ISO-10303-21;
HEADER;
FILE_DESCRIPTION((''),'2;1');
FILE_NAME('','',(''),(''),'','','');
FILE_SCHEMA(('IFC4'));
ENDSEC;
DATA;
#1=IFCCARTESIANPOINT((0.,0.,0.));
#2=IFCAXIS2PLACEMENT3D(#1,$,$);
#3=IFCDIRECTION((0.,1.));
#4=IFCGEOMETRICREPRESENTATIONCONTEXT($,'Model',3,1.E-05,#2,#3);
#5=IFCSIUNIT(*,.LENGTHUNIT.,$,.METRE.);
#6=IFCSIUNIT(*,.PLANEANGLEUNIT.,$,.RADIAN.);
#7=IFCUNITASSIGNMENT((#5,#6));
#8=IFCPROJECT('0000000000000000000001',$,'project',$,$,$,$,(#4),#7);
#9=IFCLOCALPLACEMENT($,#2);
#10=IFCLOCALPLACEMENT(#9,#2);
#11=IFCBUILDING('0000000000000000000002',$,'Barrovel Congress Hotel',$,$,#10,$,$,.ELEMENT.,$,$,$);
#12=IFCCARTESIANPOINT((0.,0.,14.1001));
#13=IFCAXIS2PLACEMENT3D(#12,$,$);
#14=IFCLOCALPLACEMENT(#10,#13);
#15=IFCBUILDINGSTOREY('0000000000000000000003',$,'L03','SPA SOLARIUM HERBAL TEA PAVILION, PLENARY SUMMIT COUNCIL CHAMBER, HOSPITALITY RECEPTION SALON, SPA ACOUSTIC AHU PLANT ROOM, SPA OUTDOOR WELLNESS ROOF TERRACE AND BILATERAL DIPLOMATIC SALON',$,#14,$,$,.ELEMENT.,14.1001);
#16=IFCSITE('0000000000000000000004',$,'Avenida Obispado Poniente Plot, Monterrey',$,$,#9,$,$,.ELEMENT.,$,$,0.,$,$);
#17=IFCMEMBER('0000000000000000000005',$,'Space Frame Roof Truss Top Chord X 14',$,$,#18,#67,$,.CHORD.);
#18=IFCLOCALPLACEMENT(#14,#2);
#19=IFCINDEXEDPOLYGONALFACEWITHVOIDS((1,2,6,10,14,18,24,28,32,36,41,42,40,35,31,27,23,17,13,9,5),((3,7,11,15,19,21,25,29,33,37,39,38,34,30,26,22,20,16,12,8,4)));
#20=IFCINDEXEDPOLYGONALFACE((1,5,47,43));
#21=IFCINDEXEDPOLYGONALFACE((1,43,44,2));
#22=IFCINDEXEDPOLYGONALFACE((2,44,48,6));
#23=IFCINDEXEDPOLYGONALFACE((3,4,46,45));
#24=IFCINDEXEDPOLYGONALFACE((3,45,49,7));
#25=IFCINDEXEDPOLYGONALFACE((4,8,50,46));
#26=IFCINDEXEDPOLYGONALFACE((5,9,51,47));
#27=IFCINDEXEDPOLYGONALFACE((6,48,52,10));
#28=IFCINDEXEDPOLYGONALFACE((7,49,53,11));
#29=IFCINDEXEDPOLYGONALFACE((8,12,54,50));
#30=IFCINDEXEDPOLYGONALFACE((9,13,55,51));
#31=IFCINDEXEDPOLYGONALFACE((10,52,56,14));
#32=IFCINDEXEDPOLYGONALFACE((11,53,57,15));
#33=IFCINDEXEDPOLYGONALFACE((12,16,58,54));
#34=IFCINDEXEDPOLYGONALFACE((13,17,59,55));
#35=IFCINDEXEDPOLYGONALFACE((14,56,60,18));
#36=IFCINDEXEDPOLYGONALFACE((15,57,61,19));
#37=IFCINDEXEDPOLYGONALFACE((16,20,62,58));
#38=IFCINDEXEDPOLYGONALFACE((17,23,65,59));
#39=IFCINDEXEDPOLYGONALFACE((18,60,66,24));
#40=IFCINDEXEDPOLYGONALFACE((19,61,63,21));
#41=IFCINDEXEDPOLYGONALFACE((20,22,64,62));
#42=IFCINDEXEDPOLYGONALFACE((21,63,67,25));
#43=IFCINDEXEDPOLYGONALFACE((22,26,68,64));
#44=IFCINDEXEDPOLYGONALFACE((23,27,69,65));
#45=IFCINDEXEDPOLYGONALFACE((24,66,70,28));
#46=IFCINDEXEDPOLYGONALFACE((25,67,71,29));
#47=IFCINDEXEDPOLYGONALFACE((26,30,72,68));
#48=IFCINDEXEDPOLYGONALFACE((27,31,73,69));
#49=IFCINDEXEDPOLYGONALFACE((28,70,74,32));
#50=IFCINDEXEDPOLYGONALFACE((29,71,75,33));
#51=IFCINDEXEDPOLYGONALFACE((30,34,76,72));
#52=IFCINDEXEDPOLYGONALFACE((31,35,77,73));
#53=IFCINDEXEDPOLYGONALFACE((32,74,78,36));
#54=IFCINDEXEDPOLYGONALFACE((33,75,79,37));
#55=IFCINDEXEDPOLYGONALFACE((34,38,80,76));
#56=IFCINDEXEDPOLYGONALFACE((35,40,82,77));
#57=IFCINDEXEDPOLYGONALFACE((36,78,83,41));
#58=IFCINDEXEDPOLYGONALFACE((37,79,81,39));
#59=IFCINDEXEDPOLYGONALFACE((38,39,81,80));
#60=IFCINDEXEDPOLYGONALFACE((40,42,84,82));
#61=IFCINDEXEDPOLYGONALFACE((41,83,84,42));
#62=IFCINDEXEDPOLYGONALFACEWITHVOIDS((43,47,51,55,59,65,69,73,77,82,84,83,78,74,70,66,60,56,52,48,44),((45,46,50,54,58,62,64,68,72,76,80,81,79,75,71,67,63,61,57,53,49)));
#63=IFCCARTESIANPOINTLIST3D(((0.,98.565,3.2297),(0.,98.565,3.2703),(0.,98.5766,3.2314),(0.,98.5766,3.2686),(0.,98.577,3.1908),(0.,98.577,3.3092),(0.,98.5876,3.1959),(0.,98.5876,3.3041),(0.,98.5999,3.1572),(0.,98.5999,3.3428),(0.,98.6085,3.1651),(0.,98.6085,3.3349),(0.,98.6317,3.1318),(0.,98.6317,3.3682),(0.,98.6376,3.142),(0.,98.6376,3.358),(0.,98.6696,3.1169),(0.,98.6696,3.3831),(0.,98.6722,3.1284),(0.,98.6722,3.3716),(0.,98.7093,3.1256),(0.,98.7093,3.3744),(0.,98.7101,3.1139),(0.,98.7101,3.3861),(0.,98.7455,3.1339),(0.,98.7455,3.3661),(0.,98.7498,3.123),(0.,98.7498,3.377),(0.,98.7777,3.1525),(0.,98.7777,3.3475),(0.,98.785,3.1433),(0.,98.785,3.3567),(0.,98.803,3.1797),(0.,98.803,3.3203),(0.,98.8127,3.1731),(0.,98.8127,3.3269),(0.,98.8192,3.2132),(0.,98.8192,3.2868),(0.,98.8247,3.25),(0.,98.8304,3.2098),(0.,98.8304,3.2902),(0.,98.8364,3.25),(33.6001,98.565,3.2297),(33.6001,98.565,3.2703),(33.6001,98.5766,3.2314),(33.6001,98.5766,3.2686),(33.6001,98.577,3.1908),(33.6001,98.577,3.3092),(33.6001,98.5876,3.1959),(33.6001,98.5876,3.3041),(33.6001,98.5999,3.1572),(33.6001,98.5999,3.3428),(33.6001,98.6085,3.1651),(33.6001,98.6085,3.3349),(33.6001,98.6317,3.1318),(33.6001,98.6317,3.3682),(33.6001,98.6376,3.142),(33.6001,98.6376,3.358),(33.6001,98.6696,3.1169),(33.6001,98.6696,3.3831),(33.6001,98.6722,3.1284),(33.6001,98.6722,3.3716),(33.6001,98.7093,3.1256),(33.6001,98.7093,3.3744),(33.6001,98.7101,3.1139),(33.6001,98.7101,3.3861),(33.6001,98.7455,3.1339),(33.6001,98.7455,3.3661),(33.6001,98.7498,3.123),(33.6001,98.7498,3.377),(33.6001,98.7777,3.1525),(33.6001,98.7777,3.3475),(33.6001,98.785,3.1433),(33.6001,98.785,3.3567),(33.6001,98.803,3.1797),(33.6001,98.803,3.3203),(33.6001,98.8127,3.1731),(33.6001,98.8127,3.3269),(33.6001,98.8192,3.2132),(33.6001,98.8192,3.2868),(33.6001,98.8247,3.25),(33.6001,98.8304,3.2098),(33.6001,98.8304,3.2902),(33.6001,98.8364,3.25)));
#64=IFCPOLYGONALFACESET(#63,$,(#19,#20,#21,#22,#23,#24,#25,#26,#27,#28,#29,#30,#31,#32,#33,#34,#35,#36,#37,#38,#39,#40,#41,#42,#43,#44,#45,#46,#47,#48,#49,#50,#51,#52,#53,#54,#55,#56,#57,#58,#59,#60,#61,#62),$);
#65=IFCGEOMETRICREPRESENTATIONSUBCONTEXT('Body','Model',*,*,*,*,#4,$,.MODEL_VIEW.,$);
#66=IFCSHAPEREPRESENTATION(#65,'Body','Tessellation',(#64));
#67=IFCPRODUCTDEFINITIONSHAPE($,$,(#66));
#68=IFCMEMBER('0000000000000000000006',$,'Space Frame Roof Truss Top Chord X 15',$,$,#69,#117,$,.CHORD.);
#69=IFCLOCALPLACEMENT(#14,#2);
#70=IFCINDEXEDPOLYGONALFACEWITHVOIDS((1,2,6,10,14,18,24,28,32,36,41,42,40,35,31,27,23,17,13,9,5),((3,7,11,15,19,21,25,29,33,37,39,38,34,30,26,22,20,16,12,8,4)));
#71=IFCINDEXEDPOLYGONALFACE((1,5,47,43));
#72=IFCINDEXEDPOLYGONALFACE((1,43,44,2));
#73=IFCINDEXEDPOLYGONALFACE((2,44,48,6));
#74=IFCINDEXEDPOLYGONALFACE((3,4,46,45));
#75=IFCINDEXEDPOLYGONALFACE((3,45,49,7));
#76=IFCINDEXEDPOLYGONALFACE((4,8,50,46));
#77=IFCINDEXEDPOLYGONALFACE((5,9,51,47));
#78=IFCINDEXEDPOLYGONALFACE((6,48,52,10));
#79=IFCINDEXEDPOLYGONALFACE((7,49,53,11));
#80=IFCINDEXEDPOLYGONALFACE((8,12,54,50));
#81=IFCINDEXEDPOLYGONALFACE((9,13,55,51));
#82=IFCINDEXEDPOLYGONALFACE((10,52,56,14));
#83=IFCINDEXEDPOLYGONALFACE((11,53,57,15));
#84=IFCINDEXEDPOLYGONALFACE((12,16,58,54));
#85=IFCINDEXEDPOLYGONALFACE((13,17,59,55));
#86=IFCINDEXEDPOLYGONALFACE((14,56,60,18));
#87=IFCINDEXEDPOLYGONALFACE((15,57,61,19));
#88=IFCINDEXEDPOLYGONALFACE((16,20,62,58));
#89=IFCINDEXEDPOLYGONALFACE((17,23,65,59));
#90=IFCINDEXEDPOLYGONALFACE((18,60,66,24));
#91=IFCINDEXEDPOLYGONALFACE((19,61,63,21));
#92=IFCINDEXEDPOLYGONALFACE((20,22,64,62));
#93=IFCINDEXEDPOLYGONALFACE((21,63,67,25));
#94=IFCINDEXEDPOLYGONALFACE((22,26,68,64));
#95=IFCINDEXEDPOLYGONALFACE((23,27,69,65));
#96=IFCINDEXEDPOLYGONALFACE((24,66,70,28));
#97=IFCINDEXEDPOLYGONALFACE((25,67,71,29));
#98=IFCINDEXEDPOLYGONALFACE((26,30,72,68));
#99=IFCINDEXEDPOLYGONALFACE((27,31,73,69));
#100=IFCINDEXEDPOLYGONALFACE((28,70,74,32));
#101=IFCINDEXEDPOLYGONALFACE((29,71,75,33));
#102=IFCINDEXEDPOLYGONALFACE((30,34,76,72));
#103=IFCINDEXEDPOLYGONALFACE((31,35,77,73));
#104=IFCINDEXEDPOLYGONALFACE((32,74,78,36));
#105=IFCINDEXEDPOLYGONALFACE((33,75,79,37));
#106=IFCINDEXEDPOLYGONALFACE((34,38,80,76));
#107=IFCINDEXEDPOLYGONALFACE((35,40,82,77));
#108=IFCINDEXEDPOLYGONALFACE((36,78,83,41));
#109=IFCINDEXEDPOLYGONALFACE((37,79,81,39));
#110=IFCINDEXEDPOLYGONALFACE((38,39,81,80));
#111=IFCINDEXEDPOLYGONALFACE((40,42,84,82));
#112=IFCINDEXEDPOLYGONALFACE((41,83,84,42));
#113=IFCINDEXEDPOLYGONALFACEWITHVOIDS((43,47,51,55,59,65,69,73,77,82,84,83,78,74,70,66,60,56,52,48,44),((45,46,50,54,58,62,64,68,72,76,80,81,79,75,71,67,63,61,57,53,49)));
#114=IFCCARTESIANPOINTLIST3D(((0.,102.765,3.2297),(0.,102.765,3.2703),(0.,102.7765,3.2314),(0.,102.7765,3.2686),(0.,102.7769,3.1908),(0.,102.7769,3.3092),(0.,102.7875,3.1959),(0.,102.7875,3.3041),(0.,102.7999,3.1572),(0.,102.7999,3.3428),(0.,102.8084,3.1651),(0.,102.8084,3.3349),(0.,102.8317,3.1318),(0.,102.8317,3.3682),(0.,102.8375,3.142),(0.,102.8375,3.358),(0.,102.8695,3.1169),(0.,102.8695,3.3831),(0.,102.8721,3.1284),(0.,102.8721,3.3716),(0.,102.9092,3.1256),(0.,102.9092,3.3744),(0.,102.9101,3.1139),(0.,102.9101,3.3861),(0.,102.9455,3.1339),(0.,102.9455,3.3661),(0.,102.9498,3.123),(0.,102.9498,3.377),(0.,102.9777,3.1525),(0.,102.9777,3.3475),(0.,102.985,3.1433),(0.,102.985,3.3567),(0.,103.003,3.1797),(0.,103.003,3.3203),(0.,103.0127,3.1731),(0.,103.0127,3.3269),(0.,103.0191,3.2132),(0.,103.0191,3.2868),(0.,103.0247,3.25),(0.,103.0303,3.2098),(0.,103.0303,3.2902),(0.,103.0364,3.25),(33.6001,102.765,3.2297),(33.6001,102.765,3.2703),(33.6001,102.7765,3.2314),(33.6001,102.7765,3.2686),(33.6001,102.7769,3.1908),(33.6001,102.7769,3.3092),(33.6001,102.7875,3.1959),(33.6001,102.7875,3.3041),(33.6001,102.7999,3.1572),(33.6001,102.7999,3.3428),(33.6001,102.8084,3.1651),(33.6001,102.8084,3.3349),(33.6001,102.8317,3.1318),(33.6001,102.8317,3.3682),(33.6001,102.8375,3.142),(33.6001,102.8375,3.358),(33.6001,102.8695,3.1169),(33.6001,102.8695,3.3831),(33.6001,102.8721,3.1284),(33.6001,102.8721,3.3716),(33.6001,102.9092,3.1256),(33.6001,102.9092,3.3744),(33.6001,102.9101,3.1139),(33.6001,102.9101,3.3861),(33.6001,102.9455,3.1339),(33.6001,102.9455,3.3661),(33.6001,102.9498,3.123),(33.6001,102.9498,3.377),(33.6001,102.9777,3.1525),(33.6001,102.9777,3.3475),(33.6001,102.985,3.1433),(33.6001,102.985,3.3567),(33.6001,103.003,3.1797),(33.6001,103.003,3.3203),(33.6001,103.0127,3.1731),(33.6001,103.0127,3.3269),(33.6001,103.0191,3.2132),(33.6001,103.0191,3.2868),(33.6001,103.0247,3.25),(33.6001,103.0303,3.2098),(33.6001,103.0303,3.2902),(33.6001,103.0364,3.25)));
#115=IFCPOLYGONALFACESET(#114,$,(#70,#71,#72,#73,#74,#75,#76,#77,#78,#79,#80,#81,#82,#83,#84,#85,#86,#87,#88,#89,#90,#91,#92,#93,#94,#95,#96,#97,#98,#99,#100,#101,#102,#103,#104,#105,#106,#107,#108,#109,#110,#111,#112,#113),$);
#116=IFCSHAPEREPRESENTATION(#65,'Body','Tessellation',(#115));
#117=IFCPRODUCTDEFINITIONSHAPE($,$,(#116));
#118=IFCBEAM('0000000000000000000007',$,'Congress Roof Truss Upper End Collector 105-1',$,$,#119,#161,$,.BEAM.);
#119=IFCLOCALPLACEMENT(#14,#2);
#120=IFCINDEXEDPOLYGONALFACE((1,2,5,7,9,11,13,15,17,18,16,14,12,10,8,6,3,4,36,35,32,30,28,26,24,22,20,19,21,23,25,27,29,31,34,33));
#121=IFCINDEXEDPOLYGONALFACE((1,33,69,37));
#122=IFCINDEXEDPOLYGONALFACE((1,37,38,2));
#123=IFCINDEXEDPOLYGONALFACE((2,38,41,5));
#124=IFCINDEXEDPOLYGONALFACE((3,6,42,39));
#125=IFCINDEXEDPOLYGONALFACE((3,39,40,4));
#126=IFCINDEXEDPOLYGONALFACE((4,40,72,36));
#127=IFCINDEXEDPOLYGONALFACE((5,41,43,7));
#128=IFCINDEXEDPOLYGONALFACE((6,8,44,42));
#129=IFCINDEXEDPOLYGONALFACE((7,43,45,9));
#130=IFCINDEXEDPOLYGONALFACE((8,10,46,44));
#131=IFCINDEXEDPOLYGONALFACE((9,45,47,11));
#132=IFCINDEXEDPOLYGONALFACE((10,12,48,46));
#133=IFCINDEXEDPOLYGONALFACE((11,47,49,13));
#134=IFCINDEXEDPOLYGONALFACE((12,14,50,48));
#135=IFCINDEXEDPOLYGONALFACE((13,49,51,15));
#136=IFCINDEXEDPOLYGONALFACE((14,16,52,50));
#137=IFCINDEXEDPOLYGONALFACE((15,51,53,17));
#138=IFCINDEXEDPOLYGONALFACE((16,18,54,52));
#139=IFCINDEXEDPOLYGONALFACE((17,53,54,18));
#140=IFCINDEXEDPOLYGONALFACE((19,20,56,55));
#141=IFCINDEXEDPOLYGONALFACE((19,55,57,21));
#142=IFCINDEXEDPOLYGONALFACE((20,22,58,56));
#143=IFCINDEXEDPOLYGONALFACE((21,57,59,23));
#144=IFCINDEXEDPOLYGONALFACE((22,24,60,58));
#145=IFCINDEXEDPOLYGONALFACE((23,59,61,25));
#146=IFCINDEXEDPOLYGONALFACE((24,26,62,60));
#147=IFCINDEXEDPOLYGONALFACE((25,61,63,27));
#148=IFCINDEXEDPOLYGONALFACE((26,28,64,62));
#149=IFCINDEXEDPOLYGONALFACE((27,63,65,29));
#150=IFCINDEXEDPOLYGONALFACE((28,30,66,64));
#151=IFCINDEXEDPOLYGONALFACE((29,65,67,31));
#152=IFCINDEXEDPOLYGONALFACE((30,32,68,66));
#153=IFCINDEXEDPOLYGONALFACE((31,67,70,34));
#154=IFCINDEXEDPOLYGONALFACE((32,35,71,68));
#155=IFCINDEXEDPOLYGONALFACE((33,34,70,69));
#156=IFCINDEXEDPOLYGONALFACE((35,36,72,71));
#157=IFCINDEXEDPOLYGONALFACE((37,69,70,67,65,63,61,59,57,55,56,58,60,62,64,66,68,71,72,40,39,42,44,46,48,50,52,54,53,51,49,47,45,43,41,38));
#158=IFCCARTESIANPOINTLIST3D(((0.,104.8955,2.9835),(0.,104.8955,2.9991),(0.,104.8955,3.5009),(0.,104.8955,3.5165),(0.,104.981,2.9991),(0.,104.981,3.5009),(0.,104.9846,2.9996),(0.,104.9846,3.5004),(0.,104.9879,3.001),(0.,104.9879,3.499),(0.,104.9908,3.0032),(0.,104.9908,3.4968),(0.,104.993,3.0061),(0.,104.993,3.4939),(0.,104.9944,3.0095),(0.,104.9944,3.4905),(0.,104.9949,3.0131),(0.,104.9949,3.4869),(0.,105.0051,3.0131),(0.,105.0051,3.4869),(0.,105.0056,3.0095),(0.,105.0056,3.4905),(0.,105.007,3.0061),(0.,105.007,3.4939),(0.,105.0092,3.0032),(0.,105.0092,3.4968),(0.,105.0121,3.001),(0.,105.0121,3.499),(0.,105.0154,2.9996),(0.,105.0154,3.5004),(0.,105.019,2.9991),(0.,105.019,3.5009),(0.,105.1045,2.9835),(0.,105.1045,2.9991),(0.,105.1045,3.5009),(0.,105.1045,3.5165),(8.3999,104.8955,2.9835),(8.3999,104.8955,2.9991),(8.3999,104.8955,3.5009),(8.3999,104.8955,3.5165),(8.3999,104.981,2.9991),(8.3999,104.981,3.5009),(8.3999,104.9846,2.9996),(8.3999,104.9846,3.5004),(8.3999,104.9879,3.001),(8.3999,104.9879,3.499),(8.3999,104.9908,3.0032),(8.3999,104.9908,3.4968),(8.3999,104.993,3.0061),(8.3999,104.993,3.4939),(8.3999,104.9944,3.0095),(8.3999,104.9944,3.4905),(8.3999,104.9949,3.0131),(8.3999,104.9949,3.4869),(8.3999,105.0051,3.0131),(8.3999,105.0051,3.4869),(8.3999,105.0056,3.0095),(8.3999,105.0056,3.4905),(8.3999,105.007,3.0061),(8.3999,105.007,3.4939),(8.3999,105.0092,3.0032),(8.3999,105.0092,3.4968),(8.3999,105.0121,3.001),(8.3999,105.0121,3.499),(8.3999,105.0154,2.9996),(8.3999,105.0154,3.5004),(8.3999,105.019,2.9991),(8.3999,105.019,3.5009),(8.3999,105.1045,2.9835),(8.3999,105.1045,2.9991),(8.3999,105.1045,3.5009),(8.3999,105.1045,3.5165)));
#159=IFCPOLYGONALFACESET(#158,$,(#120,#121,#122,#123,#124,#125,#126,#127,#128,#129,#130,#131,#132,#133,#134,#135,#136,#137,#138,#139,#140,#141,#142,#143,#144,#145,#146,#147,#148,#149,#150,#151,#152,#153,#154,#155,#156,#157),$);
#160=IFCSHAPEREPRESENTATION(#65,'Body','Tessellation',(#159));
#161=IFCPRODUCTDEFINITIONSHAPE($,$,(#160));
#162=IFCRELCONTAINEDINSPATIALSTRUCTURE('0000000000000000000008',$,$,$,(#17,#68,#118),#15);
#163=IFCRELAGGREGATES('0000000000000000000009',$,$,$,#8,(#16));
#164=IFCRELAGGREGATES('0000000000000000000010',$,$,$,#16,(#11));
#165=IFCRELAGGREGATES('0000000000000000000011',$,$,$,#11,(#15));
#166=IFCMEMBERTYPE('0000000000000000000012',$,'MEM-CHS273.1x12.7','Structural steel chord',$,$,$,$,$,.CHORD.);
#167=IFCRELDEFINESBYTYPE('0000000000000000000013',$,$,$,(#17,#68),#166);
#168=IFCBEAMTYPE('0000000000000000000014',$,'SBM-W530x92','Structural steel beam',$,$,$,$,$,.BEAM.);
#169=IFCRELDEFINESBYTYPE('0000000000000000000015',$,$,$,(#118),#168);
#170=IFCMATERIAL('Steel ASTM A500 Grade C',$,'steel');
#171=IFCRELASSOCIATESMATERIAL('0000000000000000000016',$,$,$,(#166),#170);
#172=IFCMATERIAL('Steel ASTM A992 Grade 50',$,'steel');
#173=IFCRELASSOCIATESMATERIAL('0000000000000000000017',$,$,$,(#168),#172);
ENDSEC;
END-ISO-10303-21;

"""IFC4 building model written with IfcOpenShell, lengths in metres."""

from ifc_helpers import new_model, si_unit, direction, frame, origin, origin_2d, place, context, subcontext, project, spatial, hollow_circle, i_section, extrude, material, material_profile, profile_set, type_object, element, save


model = new_model("IFC4")

# Units and contexts
model_context = context("Model", 3, precision=1e-05, world=origin(), true_north=direction((0.0, 1.0)))
body_context = subcontext(model_context, "Body", "Model", "MODEL_VIEW")
ifc_project = project(units=[si_unit("LENGTHUNIT", "METRE"), si_unit("PLANEANGLEUNIT", "RADIAN")], contexts=[model_context])

# Site, building, storey
site_placement = place(None, origin())
site = spatial("IfcSite", under=ifc_project, at=site_placement, Name="Avenida Obispado Poniente Plot, Monterrey", CompositionType="ELEMENT", RefElevation=0.0)
building_placement = place(site_placement, origin())
building = spatial("IfcBuilding", under=site, at=building_placement, Name="Barrovel Congress Hotel", CompositionType="ELEMENT")
storey_placement = place(building_placement, frame((0.0, 0.0, 14.1001)))
storey = spatial("IfcBuildingStorey", under=building, at=storey_placement, Name="L03", Description="SPA SOLARIUM HERBAL TEA PAVILION, PLENARY SUMMIT COUNCIL CHAMBER, HOSPITALITY RECEPTION SALON, SPA ACOUSTIC AHU PLANT ROOM, SPA OUTDOOR WELLNESS ROOF TERRACE AND BILATERAL DIPLOMATIC SALON", CompositionType="ELEMENT", Elevation=14.1001)

# Members
ifc_material_1 = material(Name="Steel ASTM A500 Grade C", Category="steel")
ifc_material_profile_1 = material_profile(ifc_material_1, hollow_circle(Radius=0.1365, WallThickness=0.0117, at=origin_2d()), Name="CHS273.1x12.7")
ifc_profile_set_1 = profile_set([ifc_material_profile_1], Name="Steel ASTM A500 Grade C")
member_type_1 = type_object("IfcMemberType", Name="MEM-CHS273.1x12.7", Description="Structural steel chord", PredefinedType="CHORD", material=ifc_profile_set_1)
for number, where, z_axis, x_axis, name in (
    (1, (0.0, 98.7, 3.25), (1.0, 0.0, 0.0), (0.0, 1.0, 0.0), "Space Frame Roof Truss Top Chord X 14"),
    (2, (0.0, 102.8999, 3.25), (1.0, 0.0, 0.0), (0.0, 1.0, 0.0), "Space Frame Roof Truss Top Chord X 15"),
):
    element("IfcMember", number, at=place(storey_placement, frame(where, z_axis=z_axis, x_axis=x_axis)), inside=storey, type_object=member_type_1, Name=name, PredefinedType="CHORD", context=body_context, shape_type="SweptSolid", body=[
        extrude(hollow_circle(Radius=0.1365, WallThickness=0.0117, at=origin_2d()), origin(), (0.0, 0.0, 1.0), 33.6001),
    ])

# Beam
ifc_material_2 = material(Name="Steel ASTM A992 Grade 50", Category="steel")
ifc_material_profile_2 = material_profile(ifc_material_2, i_section(OverallWidth=0.209, OverallDepth=0.533, WebThickness=0.0103, FlangeThickness=0.0156, FilletRadius=0.0139, at=origin_2d()), Name="W530x92")
ifc_profile_set_2 = profile_set([ifc_material_profile_2], Name="Steel ASTM A992 Grade 50")
beam_type_1 = type_object("IfcBeamType", Name="SBM-W530x92", Description="Structural steel beam", PredefinedType="BEAM", material=ifc_profile_set_2)
beam_1_placement = place(storey_placement, frame((0.0, 105.0, 3.25), z_axis=(1.0, 0.0, 0.0), x_axis=(0.0, 1.0, 0.0)))
element("IfcBeam", 3, at=beam_1_placement, inside=storey, type_object=beam_type_1, Name="Congress Roof Truss Upper End Collector 105-1", PredefinedType="BEAM", context=body_context, shape_type="SweptSolid", body=[
    extrude(i_section(OverallWidth=0.209, OverallDepth=0.533, WebThickness=0.0103, FlangeThickness=0.0156, FilletRadius=0.0139, at=origin_2d()), origin(), (0.0, 0.0, 1.0), 8.3999),
])

save(model, "model.ifc")
